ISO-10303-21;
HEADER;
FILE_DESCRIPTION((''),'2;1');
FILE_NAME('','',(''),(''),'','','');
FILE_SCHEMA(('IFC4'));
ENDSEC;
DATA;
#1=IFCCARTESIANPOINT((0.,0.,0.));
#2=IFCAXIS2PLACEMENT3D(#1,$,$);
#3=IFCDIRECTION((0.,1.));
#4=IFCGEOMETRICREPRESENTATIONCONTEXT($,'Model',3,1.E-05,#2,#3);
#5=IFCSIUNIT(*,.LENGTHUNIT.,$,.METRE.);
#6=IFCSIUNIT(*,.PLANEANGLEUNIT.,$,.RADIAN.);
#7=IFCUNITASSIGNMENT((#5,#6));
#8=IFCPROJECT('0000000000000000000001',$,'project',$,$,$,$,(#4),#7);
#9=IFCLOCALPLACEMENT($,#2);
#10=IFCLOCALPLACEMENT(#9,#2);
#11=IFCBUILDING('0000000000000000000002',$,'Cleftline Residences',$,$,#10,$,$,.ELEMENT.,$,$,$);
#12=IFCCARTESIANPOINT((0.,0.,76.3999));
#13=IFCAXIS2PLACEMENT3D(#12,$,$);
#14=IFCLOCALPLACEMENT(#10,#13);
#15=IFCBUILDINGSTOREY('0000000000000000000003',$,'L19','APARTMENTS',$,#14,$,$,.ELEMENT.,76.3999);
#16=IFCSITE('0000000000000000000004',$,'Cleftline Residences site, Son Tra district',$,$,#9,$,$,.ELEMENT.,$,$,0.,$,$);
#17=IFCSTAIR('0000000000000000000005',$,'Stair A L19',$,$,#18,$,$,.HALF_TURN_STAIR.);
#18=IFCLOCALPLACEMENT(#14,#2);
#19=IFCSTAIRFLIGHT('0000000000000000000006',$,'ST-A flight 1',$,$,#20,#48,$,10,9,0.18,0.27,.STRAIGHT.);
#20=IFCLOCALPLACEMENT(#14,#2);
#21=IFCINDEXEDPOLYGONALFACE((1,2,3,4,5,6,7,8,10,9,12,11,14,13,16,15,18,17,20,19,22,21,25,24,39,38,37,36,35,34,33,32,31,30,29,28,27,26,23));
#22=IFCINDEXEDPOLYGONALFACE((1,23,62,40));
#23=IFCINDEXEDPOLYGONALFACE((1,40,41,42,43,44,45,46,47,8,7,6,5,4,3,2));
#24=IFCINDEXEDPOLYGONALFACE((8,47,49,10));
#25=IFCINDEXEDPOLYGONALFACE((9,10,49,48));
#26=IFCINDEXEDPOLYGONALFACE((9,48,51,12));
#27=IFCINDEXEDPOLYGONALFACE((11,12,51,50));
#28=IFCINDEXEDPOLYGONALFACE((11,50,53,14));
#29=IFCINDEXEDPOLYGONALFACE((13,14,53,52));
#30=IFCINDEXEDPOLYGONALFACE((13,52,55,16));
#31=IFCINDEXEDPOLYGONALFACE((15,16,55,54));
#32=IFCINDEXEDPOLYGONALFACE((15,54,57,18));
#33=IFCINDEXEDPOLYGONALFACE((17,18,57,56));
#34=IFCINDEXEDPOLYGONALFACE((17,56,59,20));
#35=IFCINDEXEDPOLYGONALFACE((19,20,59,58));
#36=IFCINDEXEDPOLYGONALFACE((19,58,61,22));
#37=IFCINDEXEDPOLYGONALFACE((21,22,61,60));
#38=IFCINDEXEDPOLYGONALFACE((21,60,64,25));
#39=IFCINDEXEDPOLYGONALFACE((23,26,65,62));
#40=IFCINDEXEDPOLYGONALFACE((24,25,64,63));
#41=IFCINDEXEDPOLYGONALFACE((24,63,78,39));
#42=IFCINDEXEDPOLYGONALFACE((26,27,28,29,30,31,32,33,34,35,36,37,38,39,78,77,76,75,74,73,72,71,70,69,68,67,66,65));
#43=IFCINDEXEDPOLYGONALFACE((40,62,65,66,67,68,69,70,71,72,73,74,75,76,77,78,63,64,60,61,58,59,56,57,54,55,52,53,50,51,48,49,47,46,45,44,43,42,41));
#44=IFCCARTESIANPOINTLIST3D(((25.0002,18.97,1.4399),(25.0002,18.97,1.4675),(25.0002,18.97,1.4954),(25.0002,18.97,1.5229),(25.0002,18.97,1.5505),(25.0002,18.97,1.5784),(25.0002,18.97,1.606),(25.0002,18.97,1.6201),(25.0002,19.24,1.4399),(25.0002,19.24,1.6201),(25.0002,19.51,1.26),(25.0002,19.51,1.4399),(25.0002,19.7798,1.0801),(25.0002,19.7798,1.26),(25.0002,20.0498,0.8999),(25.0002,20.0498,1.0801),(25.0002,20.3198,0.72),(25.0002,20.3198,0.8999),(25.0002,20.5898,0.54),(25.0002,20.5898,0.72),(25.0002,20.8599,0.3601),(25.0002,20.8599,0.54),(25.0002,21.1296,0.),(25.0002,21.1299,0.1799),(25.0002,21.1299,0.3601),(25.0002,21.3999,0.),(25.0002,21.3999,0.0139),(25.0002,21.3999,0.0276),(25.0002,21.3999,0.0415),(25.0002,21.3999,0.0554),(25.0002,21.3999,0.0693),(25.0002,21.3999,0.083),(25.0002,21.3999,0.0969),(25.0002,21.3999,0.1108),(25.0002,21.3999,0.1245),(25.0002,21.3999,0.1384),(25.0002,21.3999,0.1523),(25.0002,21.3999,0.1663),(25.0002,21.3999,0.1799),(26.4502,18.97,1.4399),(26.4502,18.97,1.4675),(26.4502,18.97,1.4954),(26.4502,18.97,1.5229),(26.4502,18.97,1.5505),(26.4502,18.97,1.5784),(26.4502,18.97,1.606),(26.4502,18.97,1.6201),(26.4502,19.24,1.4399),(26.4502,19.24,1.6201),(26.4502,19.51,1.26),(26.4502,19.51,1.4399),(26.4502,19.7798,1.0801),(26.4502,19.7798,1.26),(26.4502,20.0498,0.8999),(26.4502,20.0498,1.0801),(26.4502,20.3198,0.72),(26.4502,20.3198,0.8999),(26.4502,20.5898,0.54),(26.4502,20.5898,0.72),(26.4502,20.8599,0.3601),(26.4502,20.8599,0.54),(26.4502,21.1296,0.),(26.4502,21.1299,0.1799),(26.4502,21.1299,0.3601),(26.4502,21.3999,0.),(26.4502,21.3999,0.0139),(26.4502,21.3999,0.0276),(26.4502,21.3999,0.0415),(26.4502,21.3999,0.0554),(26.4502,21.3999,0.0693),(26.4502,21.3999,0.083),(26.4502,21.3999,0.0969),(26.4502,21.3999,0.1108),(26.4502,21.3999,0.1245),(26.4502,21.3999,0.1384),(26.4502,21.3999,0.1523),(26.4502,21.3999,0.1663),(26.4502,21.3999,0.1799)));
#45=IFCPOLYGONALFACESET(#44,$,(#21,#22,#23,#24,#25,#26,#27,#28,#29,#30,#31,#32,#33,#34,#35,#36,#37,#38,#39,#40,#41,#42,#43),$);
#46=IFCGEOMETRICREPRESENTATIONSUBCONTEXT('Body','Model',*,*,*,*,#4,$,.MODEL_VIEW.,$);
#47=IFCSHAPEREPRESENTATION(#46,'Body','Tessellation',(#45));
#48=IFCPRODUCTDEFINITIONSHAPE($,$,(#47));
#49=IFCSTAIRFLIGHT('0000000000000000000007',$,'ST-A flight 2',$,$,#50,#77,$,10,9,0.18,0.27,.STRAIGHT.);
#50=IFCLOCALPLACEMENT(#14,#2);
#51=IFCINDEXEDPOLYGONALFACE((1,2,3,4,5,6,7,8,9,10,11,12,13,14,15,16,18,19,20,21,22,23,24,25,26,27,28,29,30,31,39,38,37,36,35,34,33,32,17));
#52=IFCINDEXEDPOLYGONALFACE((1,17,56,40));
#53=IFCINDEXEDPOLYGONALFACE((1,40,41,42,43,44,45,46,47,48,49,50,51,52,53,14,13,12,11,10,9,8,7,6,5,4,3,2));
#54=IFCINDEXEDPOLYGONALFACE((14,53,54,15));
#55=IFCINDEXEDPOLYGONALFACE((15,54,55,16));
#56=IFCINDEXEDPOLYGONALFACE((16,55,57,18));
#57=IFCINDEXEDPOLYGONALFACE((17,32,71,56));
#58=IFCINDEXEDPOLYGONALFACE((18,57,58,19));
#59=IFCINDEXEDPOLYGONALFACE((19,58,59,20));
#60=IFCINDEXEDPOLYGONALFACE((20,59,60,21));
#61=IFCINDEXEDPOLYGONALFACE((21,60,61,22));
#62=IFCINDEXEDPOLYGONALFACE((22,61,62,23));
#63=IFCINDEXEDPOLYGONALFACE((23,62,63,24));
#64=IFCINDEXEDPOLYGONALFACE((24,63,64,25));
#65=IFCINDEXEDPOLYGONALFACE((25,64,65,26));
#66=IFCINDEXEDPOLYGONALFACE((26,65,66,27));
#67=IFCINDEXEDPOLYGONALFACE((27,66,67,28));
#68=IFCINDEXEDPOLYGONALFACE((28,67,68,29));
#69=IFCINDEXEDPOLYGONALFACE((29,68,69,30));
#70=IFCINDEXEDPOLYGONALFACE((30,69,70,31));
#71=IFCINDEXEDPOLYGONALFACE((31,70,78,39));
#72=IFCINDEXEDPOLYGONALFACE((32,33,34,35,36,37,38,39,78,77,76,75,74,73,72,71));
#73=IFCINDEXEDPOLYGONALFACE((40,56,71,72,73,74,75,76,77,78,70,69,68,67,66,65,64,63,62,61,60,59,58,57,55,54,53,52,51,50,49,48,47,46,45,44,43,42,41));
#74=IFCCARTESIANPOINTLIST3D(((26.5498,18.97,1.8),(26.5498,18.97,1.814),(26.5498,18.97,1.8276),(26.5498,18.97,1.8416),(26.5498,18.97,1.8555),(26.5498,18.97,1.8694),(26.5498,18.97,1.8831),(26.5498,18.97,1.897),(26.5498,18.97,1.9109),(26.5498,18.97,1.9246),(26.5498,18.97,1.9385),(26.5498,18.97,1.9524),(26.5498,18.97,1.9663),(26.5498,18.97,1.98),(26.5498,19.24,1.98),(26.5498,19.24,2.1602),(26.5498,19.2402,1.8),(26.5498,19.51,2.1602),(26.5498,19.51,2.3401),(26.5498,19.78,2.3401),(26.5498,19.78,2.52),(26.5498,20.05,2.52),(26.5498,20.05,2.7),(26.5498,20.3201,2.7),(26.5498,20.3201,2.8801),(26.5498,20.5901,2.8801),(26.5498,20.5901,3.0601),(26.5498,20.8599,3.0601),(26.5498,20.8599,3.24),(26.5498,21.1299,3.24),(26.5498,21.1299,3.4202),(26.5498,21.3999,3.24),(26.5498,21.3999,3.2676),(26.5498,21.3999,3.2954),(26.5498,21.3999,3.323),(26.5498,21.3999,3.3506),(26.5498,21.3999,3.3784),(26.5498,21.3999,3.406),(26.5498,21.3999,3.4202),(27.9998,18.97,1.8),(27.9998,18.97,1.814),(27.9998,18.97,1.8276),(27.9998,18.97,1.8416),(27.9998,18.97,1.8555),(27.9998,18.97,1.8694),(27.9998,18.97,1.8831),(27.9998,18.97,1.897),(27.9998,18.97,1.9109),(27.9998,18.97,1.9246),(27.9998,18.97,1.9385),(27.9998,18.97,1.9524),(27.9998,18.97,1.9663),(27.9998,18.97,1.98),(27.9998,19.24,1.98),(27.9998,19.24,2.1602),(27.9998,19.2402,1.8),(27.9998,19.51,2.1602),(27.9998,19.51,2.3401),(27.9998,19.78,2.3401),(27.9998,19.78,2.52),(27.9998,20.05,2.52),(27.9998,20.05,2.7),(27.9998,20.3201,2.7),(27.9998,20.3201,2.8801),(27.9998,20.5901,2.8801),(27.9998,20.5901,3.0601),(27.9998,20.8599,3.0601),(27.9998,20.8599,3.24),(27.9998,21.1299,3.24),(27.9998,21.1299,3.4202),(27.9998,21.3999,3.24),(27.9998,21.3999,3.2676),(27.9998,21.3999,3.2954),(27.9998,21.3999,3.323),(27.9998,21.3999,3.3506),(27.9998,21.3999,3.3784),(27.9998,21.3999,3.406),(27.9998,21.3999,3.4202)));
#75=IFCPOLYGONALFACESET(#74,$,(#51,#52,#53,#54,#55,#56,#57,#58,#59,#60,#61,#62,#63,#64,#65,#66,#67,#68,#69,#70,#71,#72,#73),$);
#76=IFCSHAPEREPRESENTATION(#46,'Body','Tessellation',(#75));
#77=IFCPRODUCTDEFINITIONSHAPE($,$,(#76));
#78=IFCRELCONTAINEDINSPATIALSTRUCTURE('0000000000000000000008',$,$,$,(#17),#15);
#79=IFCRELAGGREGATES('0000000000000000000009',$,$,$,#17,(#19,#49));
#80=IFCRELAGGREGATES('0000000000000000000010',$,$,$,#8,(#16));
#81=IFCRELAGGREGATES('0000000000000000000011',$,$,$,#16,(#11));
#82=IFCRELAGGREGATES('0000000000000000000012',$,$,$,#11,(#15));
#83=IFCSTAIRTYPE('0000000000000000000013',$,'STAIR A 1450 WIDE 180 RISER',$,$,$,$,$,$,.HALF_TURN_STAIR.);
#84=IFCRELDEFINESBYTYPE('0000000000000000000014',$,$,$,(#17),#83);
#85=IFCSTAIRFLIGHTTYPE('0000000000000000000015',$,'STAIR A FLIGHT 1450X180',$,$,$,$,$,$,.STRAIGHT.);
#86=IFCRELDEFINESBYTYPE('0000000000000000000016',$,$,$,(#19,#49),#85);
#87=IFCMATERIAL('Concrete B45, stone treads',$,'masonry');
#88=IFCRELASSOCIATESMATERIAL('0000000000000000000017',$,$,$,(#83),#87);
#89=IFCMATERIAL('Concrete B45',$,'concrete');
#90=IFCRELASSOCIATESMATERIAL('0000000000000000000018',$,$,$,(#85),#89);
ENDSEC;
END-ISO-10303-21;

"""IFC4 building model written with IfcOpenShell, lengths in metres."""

from ifc_helpers import new_model, si_unit, direction, frame, origin, place, context, subcontext, project, spatial, polyline, outline, extrude, material, type_object, element, aggregate, save


model = new_model("IFC4")

# Units and contexts
model_context = context("Model", 3, precision=1e-05, world=origin(), true_north=direction((0.0, 1.0)))
body_context = subcontext(model_context, "Body", "Model", "MODEL_VIEW")
ifc_project = project(units=[si_unit("LENGTHUNIT", "METRE"), si_unit("PLANEANGLEUNIT", "RADIAN")], contexts=[model_context])

# Site, building, storey
site_placement = place(None, origin())
site = spatial("IfcSite", under=ifc_project, at=site_placement, Name="Cleftline Residences site, Son Tra district", CompositionType="ELEMENT", RefElevation=0.0)
building_placement = place(site_placement, origin())
building = spatial("IfcBuilding", under=site, at=building_placement, Name="Cleftline Residences", CompositionType="ELEMENT")
storey_placement = place(building_placement, frame((0.0, 0.0, 76.3999)))
storey = spatial("IfcBuildingStorey", under=building, at=storey_placement, Name="L19", Description="APARTMENTS", CompositionType="ELEMENT", Elevation=76.3999)

# Stair, stair flights
ifc_material_1 = material(Name="Concrete B45, stone treads", Category="masonry")
stair_type = type_object("IfcStairType", Name="STAIR A 1450 WIDE 180 RISER", PredefinedType="HALF_TURN_STAIR", material=ifc_material_1)
stair_placement = place(storey_placement, origin())
stair = element("IfcStair", 1, at=stair_placement, inside=storey, type_object=stair_type, Name="Stair A L19", PredefinedType="HALF_TURN_STAIR")
ifc_material_2 = material(Name="Concrete B45", Category="concrete")
stair_flight_type = type_object("IfcStairFlightType", Name="STAIR A FLIGHT 1450X180", PredefinedType="STRAIGHT", material=ifc_material_2)
stair_flight_1_placement = place(storey_placement, frame((25.7251, 21.3999, 0.0), z_axis=(0.0, 0.0, 1.0), x_axis=(0.0, -1.0, 0.0)))
stair_flight_1 = element("IfcStairFlight", 2, at=stair_flight_1_placement, type_object=stair_flight_type, Name="ST-A flight 1", NumberOfRisers=10, NumberOfTreads=9, PredefinedType="STRAIGHT", RiserHeight=0.18, TreadLength=0.27, context=body_context, shape_type="SweptSolid", body=[
    extrude(outline(polyline([(0.0, 0.0), (0.0, 0.0139), (0.0, 0.0276), (0.0, 0.0415), (0.0, 0.0554), (0.0, 0.0693), (0.0, 0.083), (0.0, 0.0969), (0.0, 0.1108), (0.0, 0.1245), (0.0, 0.1384), (0.0, 0.1523), (0.0, 0.1663), (0.0, 0.1799), (0.27, 0.1799), (0.27, 0.3601), (0.54, 0.3601), (0.54, 0.54), (0.8101, 0.54), (0.8101, 0.72), (1.0801, 0.72), (1.0801, 0.8999), (1.3501, 0.8999), (1.3501, 1.0801), (1.6201, 1.0801), (1.6201, 1.26), (1.8899, 1.26), (1.8899, 1.4399), (2.1599, 1.4399), (2.1599, 1.6201), (2.4299, 1.6201), (2.4299, 1.8), (2.4299, 1.7722), (2.4299, 1.7446), (2.4299, 1.7168), (2.4299, 1.6892), (2.4299, 1.6614), (2.4299, 1.6338), (2.4299, 1.606), (2.4299, 1.5784), (2.4299, 1.5505), (2.4299, 1.5229), (2.4299, 1.4954), (2.4299, 1.4675), (2.4299, 1.4399), (0.2703, 0.0), (0.0, 0.0)])), frame((0.0, 0.7251, 0.0), z_axis=(0.0, -1.0, 0.0), x_axis=(1.0, 0.0, 0.0)), (0.0, 0.0, 1.0), 1.45),
])
stair_flight_2_placement = place(storey_placement, frame((27.2749, 18.97, 1.8), z_axis=(0.0, 0.0, 1.0), x_axis=(0.0, 1.0, 0.0)))
stair_flight_2 = element("IfcStairFlight", 3, at=stair_flight_2_placement, type_object=stair_flight_type, Name="ST-A flight 2", NumberOfRisers=10, NumberOfTreads=9, PredefinedType="STRAIGHT", RiserHeight=0.18, TreadLength=0.27, context=body_context, shape_type="SweptSolid", body=[
    extrude(outline(polyline([(0.0, 0.0), (0.0, 0.0139), (0.0, 0.0276), (0.0, 0.0415), (0.0, 0.0554), (0.0, 0.0693), (0.0, 0.083), (0.0, 0.0969), (0.0, 0.1108), (0.0, 0.1245), (0.0, 0.1384), (0.0, 0.1523), (0.0, 0.1663), (0.0, 0.1799), (0.27, 0.1799), (0.27, 0.3601), (0.54, 0.3601), (0.54, 0.54), (0.8101, 0.54), (0.8101, 0.72), (1.0801, 0.72), (1.0801, 0.8999), (1.3501, 0.8999), (1.3501, 1.0801), (1.6201, 1.0801), (1.6201, 1.26), (1.8899, 1.26), (1.8899, 1.4399), (2.1599, 1.4399), (2.1599, 1.6201), (2.4299, 1.6201), (2.4299, 1.8), (2.4299, 1.7722), (2.4299, 1.7446), (2.4299, 1.7168), (2.4299, 1.6892), (2.4299, 1.6614), (2.4299, 1.6338), (2.4299, 1.606), (2.4299, 1.5784), (2.4299, 1.5505), (2.4299, 1.5229), (2.4299, 1.4954), (2.4299, 1.4675), (2.4299, 1.4399), (0.2703, 0.0), (0.0, 0.0)])), frame((0.0, 0.7251, 0.0), z_axis=(0.0, -1.0, 0.0), x_axis=(1.0, 0.0, 0.0)), (0.0, 0.0, 1.0), 1.45),
])
aggregate(stair, [stair_flight_1, stair_flight_2])

save(model, "model.ifc")
